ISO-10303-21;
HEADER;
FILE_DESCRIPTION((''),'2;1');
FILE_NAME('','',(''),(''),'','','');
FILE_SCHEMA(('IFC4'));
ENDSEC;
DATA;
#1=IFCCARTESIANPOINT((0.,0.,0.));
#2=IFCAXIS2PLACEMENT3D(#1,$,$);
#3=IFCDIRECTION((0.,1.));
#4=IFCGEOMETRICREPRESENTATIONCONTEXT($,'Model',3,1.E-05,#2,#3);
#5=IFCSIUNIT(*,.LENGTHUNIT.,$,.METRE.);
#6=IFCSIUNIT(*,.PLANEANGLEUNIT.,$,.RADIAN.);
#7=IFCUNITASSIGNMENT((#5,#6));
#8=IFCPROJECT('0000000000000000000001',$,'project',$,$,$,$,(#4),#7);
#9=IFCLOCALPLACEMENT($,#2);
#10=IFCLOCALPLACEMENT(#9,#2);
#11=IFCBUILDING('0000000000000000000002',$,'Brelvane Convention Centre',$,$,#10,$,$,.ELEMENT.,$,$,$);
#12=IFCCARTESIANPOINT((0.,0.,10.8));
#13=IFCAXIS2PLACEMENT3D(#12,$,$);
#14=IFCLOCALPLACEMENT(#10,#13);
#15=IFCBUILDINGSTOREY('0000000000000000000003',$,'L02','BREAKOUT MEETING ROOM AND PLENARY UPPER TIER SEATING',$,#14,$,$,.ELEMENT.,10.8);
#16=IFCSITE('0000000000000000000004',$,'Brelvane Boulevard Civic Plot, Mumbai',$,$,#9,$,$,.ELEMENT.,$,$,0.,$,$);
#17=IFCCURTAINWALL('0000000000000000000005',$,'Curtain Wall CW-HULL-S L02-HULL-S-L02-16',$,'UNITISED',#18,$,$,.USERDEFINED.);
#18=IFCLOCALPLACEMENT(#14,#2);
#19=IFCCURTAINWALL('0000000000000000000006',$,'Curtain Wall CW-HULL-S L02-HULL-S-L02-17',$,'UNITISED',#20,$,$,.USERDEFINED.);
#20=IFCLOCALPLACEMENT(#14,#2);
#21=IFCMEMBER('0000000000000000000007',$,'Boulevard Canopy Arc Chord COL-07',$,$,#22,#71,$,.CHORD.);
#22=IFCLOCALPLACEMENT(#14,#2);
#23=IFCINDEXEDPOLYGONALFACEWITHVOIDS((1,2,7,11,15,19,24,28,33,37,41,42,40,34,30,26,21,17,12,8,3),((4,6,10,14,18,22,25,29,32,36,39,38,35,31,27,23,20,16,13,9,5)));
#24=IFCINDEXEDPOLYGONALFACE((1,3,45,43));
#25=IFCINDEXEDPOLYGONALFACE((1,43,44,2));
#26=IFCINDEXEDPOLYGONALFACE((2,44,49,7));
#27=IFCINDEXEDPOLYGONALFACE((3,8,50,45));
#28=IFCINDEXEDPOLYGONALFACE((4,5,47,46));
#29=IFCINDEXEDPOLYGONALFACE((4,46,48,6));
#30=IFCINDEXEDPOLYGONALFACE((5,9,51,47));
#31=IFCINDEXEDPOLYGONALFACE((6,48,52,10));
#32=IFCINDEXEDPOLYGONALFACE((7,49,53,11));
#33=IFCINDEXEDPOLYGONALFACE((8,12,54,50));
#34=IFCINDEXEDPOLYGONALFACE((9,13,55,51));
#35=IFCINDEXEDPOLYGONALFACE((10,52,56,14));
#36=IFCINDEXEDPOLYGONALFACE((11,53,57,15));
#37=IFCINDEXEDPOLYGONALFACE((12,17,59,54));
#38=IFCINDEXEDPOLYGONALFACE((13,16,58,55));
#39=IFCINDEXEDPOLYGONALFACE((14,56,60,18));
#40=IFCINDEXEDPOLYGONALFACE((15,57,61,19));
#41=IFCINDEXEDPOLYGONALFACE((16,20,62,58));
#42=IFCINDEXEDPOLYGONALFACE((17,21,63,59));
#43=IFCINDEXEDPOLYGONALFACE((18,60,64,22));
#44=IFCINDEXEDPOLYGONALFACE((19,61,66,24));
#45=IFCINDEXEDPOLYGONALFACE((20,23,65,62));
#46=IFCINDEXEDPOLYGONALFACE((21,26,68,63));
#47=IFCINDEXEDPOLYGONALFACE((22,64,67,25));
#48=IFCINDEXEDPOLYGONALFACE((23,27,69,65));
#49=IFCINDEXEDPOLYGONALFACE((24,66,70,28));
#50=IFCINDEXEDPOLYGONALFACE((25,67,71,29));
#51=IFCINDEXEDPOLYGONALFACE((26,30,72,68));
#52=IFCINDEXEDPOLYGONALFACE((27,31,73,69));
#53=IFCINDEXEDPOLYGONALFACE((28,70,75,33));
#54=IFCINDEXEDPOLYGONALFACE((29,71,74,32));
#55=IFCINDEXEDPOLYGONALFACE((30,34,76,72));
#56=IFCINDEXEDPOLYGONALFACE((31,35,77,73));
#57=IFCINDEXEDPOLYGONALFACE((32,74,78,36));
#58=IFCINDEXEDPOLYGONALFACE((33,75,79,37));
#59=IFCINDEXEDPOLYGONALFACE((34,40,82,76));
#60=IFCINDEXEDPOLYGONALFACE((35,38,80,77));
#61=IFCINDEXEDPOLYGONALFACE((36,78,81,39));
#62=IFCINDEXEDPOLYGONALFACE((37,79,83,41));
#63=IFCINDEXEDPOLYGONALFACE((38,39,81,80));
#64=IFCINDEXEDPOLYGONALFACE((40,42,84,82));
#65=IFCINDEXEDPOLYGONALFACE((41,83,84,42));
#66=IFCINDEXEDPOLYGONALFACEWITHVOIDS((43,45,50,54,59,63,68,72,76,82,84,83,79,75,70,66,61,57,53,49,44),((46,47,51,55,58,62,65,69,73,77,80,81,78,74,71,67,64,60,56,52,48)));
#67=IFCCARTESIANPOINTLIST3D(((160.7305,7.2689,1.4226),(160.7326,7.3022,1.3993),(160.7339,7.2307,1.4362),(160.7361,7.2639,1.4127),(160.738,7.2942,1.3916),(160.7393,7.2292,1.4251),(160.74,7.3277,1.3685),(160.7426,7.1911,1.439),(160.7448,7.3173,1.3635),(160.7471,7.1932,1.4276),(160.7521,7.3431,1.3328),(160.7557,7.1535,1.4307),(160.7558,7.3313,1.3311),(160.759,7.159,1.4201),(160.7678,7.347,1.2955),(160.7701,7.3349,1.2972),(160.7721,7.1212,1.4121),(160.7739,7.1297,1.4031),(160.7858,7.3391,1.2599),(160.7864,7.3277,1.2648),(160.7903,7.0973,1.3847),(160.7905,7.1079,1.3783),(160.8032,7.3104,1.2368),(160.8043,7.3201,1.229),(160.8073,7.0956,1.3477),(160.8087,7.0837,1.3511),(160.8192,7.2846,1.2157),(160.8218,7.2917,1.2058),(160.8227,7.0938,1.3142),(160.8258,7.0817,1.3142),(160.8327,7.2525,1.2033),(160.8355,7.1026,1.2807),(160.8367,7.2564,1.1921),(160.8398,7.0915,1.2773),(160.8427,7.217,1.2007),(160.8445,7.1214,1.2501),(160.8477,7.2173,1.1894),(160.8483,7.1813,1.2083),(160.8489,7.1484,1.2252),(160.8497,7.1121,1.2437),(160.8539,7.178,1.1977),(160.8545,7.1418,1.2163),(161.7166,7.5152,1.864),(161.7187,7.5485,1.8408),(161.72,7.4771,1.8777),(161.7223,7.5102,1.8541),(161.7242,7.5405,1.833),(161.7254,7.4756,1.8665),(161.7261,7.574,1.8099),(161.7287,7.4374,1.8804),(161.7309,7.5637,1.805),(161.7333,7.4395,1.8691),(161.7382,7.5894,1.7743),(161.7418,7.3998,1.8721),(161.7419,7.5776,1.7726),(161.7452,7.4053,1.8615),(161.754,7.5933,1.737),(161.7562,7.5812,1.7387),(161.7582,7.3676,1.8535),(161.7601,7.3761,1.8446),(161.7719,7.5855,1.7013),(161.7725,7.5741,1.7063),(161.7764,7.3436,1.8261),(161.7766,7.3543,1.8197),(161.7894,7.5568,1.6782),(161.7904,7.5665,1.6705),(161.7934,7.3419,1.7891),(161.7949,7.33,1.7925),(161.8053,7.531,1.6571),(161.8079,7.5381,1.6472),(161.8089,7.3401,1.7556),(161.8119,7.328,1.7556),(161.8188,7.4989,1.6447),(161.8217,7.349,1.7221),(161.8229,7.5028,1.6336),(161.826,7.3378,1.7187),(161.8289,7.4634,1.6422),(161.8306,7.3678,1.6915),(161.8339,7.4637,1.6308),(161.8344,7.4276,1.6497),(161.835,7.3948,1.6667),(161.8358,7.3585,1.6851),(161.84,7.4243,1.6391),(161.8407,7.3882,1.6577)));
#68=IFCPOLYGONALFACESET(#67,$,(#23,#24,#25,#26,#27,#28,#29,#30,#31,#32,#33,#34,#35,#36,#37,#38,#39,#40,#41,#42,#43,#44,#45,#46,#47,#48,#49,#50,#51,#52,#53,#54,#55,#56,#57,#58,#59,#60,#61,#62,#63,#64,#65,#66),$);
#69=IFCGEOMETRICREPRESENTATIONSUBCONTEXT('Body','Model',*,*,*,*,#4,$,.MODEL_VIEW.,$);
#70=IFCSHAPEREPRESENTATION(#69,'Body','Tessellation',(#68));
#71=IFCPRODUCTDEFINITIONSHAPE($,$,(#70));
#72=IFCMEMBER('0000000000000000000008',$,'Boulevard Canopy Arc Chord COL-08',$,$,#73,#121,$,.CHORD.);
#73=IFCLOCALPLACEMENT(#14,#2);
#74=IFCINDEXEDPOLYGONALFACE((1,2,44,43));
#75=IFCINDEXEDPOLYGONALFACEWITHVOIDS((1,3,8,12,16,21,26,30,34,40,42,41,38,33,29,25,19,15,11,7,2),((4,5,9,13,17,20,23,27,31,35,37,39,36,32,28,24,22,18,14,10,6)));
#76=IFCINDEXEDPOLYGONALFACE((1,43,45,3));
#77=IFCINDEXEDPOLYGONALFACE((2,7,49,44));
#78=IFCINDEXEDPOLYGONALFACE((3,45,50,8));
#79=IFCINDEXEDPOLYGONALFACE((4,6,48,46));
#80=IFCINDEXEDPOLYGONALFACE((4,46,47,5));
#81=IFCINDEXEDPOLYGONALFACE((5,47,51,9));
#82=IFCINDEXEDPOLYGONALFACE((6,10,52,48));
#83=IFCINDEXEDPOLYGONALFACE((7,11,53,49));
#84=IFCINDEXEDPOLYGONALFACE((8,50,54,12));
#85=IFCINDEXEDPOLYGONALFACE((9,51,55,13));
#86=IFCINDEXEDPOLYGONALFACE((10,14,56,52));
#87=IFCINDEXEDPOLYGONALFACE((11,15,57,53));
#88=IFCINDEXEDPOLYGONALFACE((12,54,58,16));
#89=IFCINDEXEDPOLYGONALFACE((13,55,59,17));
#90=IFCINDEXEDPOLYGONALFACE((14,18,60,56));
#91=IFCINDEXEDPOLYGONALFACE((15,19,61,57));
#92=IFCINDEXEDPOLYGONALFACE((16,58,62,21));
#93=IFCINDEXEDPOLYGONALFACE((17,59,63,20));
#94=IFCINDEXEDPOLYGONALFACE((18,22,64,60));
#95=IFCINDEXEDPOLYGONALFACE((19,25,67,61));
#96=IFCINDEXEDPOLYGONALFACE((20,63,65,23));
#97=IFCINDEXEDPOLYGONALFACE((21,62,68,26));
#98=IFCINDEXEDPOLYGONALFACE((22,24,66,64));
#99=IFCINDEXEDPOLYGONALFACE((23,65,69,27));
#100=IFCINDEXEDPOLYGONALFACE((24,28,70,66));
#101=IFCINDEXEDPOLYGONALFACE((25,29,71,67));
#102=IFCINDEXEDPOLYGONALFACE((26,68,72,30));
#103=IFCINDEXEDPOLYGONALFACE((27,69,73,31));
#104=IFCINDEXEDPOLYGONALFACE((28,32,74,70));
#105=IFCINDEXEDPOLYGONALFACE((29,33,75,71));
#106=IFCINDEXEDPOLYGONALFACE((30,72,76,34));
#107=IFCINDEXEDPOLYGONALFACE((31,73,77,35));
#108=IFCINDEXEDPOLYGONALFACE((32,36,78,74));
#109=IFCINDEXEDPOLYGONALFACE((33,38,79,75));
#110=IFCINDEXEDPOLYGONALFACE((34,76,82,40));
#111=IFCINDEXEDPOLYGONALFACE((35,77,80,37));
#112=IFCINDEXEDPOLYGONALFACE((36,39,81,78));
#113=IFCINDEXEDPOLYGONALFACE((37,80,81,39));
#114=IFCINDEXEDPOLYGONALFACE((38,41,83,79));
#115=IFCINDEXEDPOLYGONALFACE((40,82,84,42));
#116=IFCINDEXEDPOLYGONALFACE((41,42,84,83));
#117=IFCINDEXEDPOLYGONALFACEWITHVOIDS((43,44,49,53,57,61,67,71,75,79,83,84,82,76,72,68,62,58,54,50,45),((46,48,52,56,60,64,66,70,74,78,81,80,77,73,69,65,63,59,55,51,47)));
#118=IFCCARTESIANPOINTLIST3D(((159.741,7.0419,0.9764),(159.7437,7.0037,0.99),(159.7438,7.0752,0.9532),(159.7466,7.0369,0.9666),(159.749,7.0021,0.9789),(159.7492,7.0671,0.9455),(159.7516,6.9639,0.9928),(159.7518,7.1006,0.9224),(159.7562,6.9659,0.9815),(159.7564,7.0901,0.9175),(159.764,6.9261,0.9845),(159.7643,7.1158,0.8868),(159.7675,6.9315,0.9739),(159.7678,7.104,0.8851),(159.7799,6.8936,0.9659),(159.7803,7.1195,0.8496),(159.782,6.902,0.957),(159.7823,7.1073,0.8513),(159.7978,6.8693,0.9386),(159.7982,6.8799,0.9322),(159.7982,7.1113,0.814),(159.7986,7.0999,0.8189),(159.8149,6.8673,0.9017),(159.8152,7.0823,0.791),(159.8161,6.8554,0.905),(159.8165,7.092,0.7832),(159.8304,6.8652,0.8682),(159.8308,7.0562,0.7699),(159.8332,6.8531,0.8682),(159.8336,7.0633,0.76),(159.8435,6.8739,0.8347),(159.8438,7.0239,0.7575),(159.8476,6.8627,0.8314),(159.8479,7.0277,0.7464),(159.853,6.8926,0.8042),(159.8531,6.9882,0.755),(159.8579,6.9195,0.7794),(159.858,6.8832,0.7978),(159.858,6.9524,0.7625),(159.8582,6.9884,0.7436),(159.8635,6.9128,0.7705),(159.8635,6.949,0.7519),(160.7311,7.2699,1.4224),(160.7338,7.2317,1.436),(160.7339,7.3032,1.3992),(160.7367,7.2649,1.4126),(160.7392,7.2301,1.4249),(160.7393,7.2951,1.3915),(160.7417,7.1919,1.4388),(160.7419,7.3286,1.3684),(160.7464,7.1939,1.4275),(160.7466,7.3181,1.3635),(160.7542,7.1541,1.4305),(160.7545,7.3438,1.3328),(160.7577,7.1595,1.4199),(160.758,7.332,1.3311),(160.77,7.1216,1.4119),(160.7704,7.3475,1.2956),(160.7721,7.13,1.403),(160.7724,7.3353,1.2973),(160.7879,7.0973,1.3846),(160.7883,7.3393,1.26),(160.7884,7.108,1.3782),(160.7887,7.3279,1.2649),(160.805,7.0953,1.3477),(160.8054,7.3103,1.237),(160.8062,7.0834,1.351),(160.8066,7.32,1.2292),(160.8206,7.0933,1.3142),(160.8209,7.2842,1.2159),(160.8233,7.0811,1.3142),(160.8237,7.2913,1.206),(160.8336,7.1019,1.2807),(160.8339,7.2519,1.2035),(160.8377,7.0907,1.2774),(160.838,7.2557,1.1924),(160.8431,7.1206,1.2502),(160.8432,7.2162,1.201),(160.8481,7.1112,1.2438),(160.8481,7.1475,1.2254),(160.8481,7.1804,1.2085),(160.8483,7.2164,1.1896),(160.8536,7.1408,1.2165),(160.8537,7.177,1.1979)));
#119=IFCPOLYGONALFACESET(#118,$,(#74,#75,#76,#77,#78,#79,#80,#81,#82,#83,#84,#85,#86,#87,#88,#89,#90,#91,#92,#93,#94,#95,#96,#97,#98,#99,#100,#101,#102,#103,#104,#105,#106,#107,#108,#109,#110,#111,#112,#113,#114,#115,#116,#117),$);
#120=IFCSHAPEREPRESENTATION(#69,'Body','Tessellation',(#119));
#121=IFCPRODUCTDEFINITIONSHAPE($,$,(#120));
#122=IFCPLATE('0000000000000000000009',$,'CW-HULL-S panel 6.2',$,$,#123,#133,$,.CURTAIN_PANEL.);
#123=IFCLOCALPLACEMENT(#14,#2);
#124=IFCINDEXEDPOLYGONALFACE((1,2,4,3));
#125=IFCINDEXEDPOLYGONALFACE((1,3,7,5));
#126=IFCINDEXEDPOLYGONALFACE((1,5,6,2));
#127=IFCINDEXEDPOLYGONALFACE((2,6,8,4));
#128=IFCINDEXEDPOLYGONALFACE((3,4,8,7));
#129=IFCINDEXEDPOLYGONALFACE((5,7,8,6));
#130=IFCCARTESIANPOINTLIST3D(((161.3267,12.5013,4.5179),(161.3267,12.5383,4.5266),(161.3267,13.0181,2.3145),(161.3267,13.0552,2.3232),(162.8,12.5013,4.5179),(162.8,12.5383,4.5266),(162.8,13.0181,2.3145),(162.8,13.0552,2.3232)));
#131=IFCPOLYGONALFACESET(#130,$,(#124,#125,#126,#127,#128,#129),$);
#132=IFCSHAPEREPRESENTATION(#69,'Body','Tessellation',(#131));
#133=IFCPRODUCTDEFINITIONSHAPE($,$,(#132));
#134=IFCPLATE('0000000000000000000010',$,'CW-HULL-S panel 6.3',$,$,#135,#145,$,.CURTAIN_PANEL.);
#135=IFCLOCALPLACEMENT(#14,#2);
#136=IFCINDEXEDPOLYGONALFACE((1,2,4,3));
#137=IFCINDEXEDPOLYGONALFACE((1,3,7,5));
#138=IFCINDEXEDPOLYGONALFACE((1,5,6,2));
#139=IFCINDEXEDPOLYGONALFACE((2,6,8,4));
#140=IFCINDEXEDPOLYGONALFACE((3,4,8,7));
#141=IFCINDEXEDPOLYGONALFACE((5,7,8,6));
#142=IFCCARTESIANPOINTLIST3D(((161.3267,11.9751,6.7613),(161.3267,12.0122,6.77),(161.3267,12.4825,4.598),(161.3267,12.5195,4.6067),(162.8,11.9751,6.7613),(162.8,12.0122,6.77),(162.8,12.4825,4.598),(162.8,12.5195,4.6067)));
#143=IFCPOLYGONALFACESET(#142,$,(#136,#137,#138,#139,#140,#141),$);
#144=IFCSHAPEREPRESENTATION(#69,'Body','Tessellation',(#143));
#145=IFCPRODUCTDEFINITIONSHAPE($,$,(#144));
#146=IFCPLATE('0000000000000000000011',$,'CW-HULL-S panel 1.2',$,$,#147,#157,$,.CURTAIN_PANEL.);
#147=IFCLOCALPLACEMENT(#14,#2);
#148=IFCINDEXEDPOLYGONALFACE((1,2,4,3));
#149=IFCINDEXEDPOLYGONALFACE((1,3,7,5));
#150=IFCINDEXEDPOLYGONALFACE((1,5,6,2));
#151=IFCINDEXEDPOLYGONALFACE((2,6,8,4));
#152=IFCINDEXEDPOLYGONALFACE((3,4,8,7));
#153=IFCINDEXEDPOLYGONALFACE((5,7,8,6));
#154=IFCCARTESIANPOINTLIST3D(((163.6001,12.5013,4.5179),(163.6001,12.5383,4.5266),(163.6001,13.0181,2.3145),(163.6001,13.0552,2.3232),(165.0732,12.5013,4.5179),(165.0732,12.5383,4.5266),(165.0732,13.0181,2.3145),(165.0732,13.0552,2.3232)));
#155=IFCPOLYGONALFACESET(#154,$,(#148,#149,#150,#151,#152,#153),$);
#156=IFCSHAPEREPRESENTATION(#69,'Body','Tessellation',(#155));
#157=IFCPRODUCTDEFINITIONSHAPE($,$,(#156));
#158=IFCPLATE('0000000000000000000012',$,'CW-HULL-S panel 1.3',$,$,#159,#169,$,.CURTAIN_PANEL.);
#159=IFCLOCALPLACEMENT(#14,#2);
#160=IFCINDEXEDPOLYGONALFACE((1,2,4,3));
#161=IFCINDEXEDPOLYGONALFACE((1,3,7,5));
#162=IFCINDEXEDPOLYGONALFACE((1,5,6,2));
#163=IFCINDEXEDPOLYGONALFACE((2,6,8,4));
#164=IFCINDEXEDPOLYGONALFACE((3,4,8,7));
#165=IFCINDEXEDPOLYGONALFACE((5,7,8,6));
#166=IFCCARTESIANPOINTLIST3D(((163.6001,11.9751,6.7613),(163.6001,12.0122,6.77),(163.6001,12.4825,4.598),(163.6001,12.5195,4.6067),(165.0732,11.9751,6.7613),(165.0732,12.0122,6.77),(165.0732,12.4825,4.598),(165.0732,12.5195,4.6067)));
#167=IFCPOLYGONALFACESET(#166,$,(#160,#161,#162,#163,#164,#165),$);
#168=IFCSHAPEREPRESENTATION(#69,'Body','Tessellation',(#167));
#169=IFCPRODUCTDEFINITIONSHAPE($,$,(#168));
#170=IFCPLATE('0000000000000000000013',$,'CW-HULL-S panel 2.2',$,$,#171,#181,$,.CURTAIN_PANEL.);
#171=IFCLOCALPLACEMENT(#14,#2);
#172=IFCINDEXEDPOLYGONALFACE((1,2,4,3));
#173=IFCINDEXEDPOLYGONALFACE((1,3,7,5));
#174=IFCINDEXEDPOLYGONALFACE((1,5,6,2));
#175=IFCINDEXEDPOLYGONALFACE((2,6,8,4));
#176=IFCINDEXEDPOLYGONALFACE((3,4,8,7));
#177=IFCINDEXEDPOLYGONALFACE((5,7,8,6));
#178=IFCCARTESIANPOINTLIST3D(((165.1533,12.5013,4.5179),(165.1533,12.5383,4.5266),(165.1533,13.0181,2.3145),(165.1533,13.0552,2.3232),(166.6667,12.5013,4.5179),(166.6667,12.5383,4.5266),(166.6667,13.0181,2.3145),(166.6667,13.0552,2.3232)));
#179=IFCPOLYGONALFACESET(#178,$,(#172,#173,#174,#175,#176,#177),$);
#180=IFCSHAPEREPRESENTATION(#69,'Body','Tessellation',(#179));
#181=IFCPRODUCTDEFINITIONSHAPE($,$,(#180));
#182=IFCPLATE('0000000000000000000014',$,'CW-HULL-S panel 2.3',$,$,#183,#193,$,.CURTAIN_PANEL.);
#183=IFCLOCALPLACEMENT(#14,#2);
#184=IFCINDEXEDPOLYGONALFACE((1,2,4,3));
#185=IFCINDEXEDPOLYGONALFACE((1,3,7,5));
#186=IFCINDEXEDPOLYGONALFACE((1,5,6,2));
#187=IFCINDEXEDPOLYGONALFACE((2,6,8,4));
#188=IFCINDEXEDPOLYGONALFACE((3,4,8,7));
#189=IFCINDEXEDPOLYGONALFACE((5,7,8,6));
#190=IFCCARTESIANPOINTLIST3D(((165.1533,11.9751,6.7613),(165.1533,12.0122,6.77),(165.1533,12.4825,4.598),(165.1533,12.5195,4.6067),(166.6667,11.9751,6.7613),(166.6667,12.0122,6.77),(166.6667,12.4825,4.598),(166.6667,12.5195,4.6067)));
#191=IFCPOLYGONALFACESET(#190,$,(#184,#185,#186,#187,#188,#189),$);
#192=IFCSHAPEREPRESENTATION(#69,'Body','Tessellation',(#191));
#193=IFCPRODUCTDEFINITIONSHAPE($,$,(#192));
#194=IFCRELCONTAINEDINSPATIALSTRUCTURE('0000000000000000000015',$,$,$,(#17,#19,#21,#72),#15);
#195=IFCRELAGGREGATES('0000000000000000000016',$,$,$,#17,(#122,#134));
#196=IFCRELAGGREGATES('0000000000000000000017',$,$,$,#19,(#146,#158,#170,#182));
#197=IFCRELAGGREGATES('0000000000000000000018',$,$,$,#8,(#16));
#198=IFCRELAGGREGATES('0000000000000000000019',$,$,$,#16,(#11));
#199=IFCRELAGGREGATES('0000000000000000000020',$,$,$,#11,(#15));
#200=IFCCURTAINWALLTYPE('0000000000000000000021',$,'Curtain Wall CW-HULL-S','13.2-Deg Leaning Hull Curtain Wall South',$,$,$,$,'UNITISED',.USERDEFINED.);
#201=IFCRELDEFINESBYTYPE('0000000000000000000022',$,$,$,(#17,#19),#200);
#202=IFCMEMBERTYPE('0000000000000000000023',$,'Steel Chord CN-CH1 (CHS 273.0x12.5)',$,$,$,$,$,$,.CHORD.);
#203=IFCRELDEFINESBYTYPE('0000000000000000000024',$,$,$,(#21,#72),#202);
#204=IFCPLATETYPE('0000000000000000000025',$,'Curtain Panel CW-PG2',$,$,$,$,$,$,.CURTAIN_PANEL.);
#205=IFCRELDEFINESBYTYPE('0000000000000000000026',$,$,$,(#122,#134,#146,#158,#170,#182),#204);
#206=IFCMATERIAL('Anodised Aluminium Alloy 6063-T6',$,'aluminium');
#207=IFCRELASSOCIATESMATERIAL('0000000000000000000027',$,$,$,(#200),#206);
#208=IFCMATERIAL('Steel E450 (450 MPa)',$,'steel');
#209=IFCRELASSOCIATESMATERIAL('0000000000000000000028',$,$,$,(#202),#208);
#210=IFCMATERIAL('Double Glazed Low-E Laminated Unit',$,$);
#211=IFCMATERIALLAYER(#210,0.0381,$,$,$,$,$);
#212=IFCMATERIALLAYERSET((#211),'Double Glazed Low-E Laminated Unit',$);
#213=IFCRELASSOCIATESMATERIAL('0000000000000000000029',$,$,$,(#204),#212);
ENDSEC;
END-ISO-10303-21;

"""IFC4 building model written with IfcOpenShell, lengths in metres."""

from ifc_helpers import new_model, si_unit, direction, frame, origin, origin_2d, place, context, subcontext, project, spatial, polyline, hollow_circle, outline, extrude, material, layer, layer_set, material_profile, profile_set, type_object, element, aggregate, save


model = new_model("IFC4")

# Units and contexts
model_context = context("Model", 3, precision=1e-05, world=origin(), true_north=direction((0.0, 1.0)))
body_context = subcontext(model_context, "Body", "Model", "MODEL_VIEW")
ifc_project = project(units=[si_unit("LENGTHUNIT", "METRE"), si_unit("PLANEANGLEUNIT", "RADIAN")], contexts=[model_context])

# Site, building, storey
site_placement = place(None, origin())
site = spatial("IfcSite", under=ifc_project, at=site_placement, Name="Brelvane Boulevard Civic Plot, Mumbai", CompositionType="ELEMENT", RefElevation=0.0)
building_placement = place(site_placement, origin())
building = spatial("IfcBuilding", under=site, at=building_placement, Name="Brelvane Convention Centre", CompositionType="ELEMENT")
storey_placement = place(building_placement, frame((0.0, 0.0, 10.8)))
storey = spatial("IfcBuildingStorey", under=building, at=storey_placement, Name="L02", Description="BREAKOUT MEETING ROOM AND PLENARY UPPER TIER SEATING", CompositionType="ELEMENT", Elevation=10.8)

# Curtain walls
ifc_material_1 = material(Name="Anodised Aluminium Alloy 6063-T6", Category="aluminium")
curtain_wall_type = type_object("IfcCurtainWallType", Name="Curtain Wall CW-HULL-S", Description="13.2-Deg Leaning Hull Curtain Wall South", ElementType="UNITISED", PredefinedType="USERDEFINED", material=ifc_material_1)
curtain_wall_1_placement = place(storey_placement, origin())
curtain_wall_1 = element("IfcCurtainWall", 1, at=curtain_wall_1_placement, inside=storey, type_object=curtain_wall_type, Name="Curtain Wall CW-HULL-S L02-HULL-S-L02-16", ObjectType="UNITISED", PredefinedType="USERDEFINED")
curtain_wall_2_placement = place(storey_placement, origin())
curtain_wall_2 = element("IfcCurtainWall", 2, at=curtain_wall_2_placement, inside=storey, type_object=curtain_wall_type, Name="Curtain Wall CW-HULL-S L02-HULL-S-L02-17", ObjectType="UNITISED", PredefinedType="USERDEFINED")

# Members
ifc_material_2 = material(Name="Steel E450 (450 MPa)", Category="steel")
ifc_material_profile_1 = material_profile(ifc_material_2, hollow_circle(Radius=0.1365, WallThickness=0.0125, at=origin_2d()), Name="CHS 273.0x12.5")
ifc_profile_set_1 = profile_set([ifc_material_profile_1], Name="Steel E450 (450 MPa)")
member_type_1 = type_object("IfcMemberType", Name="Steel Chord CN-CH1 (CHS 273.0x12.5)", PredefinedType="CHORD", material=ifc_profile_set_1)
member_1_placement = place(storey_placement, frame((161.7788, 7.4604, 1.7556), z_axis=(-0.889888, -0.222307, -0.398345), x_axis=(0.242366, -0.970185, 0.0)))
element("IfcMember", 3, at=member_1_placement, inside=storey, type_object=member_type_1, Name="Boulevard Canopy Arc Chord COL-07", PredefinedType="CHORD", context=body_context, shape_type="SweptSolid", body=[
    extrude(hollow_circle(Radius=0.1365, WallThickness=0.0125, at=origin_2d()), origin(), (0.0, 0.0, 1.0), 1.1082),
])
member_2_placement = place(storey_placement, frame((160.7927, 7.2141, 1.3142), z_axis=(-0.892314, -0.205479, -0.401937), x_axis=(0.224403, -0.974496, 0.0)))
element("IfcMember", 4, at=member_2_placement, inside=storey, type_object=member_type_1, Name="Boulevard Canopy Arc Chord COL-08", PredefinedType="CHORD", context=body_context, shape_type="SweptSolid", body=[
    extrude(hollow_circle(Radius=0.1365, WallThickness=0.0125, at=origin_2d()), origin(), (0.0, 0.0, 1.0), 1.1096),
])

# Plates
ifc_material_3 = material(Name="Double Glazed Low-E Laminated Unit")
ifc_layer_1 = layer(ifc_material_3, 0.0381)
ifc_layer_set_1 = layer_set([ifc_layer_1], Name="Double Glazed Low-E Laminated Unit")
plate_type = type_object("IfcPlateType", Name="Curtain Panel CW-PG2", PredefinedType="CURTAIN_PANEL", material=ifc_layer_set_1)
plate_1_placement = place(storey_placement, frame((161.3267, 13.0552, 2.3232), z_axis=(0.0, 0.973574, 0.228372), x_axis=(1.0, 0.0, 0.0)))
plate_1 = element("IfcPlate", 5, at=plate_1_placement, type_object=plate_type, Name="CW-HULL-S panel 6.2", PredefinedType="CURTAIN_PANEL", context=body_context, shape_type="SweptSolid", body=[
    extrude(outline(polyline([(0.0, 0.0), (1.4734, 0.0), (1.4734, -2.2632), (0.0, -2.2632), (0.0, 0.0)])), origin(), (0.0, 0.0, -1.0), 0.0381),
])
plate_2_placement = place(storey_placement, frame((161.3267, 12.5195, 4.6067), z_axis=(0.0, 0.973587, 0.228317), x_axis=(1.0, 0.0, 0.0)))
plate_2 = element("IfcPlate", 6, at=plate_2_placement, type_object=plate_type, Name="CW-HULL-S panel 6.3", PredefinedType="CURTAIN_PANEL", context=body_context, shape_type="SweptSolid", body=[
    extrude(outline(polyline([(0.0, 0.0), (1.4734, 0.0), (1.4734, -2.222), (0.0, -2.222), (0.0, 0.0)])), origin(), (0.0, 0.0, -1.0), 0.0381),
])
aggregate(curtain_wall_1, [plate_1, plate_2])
plate_3_placement = place(storey_placement, frame((163.6001, 13.0552, 2.3232), z_axis=(0.0, 0.973574, 0.228372), x_axis=(1.0, 0.0, 0.0)))
plate_3 = element("IfcPlate", 7, at=plate_3_placement, type_object=plate_type, Name="CW-HULL-S panel 1.2", PredefinedType="CURTAIN_PANEL", context=body_context, shape_type="SweptSolid", body=[
    extrude(outline(polyline([(0.0, 0.0), (1.4731, 0.0), (1.4731, -2.2632), (0.0, -2.2632), (0.0, 0.0)])), origin(), (0.0, 0.0, -1.0), 0.0381),
])
plate_4_placement = place(storey_placement, frame((163.6001, 12.5195, 4.6067), z_axis=(0.0, 0.973587, 0.228317), x_axis=(1.0, 0.0, 0.0)))
plate_4 = element("IfcPlate", 8, at=plate_4_placement, type_object=plate_type, Name="CW-HULL-S panel 1.3", PredefinedType="CURTAIN_PANEL", context=body_context, shape_type="SweptSolid", body=[
    extrude(outline(polyline([(0.0, 0.0), (1.4731, 0.0), (1.4731, -2.222), (0.0, -2.222), (0.0, 0.0)])), origin(), (0.0, 0.0, -1.0), 0.0381),
])
plate_5_placement = place(storey_placement, frame((165.1533, 13.0552, 2.3232), z_axis=(0.0, 0.973574, 0.228372), x_axis=(1.0, 0.0, 0.0)))
plate_5 = element("IfcPlate", 9, at=plate_5_placement, type_object=plate_type, Name="CW-HULL-S panel 2.2", PredefinedType="CURTAIN_PANEL", context=body_context, shape_type="SweptSolid", body=[
    extrude(outline(polyline([(0.0, 0.0), (1.5134, 0.0), (1.5134, -2.2632), (0.0, -2.2632), (0.0, 0.0)])), origin(), (0.0, 0.0, -1.0), 0.0381),
])
plate_6_placement = place(storey_placement, frame((165.1533, 12.5195, 4.6067), z_axis=(0.0, 0.973587, 0.228317), x_axis=(1.0, 0.0, 0.0)))
plate_6 = element("IfcPlate", 10, at=plate_6_placement, type_object=plate_type, Name="CW-HULL-S panel 2.3", PredefinedType="CURTAIN_PANEL", context=body_context, shape_type="SweptSolid", body=[
    extrude(outline(polyline([(0.0, 0.0), (1.5134, 0.0), (1.5134, -2.222), (0.0, -2.222), (0.0, 0.0)])), origin(), (0.0, 0.0, -1.0), 0.0381),
])
aggregate(curtain_wall_2, [plate_3, plate_4, plate_5, plate_6])

save(model, "model.ifc")
